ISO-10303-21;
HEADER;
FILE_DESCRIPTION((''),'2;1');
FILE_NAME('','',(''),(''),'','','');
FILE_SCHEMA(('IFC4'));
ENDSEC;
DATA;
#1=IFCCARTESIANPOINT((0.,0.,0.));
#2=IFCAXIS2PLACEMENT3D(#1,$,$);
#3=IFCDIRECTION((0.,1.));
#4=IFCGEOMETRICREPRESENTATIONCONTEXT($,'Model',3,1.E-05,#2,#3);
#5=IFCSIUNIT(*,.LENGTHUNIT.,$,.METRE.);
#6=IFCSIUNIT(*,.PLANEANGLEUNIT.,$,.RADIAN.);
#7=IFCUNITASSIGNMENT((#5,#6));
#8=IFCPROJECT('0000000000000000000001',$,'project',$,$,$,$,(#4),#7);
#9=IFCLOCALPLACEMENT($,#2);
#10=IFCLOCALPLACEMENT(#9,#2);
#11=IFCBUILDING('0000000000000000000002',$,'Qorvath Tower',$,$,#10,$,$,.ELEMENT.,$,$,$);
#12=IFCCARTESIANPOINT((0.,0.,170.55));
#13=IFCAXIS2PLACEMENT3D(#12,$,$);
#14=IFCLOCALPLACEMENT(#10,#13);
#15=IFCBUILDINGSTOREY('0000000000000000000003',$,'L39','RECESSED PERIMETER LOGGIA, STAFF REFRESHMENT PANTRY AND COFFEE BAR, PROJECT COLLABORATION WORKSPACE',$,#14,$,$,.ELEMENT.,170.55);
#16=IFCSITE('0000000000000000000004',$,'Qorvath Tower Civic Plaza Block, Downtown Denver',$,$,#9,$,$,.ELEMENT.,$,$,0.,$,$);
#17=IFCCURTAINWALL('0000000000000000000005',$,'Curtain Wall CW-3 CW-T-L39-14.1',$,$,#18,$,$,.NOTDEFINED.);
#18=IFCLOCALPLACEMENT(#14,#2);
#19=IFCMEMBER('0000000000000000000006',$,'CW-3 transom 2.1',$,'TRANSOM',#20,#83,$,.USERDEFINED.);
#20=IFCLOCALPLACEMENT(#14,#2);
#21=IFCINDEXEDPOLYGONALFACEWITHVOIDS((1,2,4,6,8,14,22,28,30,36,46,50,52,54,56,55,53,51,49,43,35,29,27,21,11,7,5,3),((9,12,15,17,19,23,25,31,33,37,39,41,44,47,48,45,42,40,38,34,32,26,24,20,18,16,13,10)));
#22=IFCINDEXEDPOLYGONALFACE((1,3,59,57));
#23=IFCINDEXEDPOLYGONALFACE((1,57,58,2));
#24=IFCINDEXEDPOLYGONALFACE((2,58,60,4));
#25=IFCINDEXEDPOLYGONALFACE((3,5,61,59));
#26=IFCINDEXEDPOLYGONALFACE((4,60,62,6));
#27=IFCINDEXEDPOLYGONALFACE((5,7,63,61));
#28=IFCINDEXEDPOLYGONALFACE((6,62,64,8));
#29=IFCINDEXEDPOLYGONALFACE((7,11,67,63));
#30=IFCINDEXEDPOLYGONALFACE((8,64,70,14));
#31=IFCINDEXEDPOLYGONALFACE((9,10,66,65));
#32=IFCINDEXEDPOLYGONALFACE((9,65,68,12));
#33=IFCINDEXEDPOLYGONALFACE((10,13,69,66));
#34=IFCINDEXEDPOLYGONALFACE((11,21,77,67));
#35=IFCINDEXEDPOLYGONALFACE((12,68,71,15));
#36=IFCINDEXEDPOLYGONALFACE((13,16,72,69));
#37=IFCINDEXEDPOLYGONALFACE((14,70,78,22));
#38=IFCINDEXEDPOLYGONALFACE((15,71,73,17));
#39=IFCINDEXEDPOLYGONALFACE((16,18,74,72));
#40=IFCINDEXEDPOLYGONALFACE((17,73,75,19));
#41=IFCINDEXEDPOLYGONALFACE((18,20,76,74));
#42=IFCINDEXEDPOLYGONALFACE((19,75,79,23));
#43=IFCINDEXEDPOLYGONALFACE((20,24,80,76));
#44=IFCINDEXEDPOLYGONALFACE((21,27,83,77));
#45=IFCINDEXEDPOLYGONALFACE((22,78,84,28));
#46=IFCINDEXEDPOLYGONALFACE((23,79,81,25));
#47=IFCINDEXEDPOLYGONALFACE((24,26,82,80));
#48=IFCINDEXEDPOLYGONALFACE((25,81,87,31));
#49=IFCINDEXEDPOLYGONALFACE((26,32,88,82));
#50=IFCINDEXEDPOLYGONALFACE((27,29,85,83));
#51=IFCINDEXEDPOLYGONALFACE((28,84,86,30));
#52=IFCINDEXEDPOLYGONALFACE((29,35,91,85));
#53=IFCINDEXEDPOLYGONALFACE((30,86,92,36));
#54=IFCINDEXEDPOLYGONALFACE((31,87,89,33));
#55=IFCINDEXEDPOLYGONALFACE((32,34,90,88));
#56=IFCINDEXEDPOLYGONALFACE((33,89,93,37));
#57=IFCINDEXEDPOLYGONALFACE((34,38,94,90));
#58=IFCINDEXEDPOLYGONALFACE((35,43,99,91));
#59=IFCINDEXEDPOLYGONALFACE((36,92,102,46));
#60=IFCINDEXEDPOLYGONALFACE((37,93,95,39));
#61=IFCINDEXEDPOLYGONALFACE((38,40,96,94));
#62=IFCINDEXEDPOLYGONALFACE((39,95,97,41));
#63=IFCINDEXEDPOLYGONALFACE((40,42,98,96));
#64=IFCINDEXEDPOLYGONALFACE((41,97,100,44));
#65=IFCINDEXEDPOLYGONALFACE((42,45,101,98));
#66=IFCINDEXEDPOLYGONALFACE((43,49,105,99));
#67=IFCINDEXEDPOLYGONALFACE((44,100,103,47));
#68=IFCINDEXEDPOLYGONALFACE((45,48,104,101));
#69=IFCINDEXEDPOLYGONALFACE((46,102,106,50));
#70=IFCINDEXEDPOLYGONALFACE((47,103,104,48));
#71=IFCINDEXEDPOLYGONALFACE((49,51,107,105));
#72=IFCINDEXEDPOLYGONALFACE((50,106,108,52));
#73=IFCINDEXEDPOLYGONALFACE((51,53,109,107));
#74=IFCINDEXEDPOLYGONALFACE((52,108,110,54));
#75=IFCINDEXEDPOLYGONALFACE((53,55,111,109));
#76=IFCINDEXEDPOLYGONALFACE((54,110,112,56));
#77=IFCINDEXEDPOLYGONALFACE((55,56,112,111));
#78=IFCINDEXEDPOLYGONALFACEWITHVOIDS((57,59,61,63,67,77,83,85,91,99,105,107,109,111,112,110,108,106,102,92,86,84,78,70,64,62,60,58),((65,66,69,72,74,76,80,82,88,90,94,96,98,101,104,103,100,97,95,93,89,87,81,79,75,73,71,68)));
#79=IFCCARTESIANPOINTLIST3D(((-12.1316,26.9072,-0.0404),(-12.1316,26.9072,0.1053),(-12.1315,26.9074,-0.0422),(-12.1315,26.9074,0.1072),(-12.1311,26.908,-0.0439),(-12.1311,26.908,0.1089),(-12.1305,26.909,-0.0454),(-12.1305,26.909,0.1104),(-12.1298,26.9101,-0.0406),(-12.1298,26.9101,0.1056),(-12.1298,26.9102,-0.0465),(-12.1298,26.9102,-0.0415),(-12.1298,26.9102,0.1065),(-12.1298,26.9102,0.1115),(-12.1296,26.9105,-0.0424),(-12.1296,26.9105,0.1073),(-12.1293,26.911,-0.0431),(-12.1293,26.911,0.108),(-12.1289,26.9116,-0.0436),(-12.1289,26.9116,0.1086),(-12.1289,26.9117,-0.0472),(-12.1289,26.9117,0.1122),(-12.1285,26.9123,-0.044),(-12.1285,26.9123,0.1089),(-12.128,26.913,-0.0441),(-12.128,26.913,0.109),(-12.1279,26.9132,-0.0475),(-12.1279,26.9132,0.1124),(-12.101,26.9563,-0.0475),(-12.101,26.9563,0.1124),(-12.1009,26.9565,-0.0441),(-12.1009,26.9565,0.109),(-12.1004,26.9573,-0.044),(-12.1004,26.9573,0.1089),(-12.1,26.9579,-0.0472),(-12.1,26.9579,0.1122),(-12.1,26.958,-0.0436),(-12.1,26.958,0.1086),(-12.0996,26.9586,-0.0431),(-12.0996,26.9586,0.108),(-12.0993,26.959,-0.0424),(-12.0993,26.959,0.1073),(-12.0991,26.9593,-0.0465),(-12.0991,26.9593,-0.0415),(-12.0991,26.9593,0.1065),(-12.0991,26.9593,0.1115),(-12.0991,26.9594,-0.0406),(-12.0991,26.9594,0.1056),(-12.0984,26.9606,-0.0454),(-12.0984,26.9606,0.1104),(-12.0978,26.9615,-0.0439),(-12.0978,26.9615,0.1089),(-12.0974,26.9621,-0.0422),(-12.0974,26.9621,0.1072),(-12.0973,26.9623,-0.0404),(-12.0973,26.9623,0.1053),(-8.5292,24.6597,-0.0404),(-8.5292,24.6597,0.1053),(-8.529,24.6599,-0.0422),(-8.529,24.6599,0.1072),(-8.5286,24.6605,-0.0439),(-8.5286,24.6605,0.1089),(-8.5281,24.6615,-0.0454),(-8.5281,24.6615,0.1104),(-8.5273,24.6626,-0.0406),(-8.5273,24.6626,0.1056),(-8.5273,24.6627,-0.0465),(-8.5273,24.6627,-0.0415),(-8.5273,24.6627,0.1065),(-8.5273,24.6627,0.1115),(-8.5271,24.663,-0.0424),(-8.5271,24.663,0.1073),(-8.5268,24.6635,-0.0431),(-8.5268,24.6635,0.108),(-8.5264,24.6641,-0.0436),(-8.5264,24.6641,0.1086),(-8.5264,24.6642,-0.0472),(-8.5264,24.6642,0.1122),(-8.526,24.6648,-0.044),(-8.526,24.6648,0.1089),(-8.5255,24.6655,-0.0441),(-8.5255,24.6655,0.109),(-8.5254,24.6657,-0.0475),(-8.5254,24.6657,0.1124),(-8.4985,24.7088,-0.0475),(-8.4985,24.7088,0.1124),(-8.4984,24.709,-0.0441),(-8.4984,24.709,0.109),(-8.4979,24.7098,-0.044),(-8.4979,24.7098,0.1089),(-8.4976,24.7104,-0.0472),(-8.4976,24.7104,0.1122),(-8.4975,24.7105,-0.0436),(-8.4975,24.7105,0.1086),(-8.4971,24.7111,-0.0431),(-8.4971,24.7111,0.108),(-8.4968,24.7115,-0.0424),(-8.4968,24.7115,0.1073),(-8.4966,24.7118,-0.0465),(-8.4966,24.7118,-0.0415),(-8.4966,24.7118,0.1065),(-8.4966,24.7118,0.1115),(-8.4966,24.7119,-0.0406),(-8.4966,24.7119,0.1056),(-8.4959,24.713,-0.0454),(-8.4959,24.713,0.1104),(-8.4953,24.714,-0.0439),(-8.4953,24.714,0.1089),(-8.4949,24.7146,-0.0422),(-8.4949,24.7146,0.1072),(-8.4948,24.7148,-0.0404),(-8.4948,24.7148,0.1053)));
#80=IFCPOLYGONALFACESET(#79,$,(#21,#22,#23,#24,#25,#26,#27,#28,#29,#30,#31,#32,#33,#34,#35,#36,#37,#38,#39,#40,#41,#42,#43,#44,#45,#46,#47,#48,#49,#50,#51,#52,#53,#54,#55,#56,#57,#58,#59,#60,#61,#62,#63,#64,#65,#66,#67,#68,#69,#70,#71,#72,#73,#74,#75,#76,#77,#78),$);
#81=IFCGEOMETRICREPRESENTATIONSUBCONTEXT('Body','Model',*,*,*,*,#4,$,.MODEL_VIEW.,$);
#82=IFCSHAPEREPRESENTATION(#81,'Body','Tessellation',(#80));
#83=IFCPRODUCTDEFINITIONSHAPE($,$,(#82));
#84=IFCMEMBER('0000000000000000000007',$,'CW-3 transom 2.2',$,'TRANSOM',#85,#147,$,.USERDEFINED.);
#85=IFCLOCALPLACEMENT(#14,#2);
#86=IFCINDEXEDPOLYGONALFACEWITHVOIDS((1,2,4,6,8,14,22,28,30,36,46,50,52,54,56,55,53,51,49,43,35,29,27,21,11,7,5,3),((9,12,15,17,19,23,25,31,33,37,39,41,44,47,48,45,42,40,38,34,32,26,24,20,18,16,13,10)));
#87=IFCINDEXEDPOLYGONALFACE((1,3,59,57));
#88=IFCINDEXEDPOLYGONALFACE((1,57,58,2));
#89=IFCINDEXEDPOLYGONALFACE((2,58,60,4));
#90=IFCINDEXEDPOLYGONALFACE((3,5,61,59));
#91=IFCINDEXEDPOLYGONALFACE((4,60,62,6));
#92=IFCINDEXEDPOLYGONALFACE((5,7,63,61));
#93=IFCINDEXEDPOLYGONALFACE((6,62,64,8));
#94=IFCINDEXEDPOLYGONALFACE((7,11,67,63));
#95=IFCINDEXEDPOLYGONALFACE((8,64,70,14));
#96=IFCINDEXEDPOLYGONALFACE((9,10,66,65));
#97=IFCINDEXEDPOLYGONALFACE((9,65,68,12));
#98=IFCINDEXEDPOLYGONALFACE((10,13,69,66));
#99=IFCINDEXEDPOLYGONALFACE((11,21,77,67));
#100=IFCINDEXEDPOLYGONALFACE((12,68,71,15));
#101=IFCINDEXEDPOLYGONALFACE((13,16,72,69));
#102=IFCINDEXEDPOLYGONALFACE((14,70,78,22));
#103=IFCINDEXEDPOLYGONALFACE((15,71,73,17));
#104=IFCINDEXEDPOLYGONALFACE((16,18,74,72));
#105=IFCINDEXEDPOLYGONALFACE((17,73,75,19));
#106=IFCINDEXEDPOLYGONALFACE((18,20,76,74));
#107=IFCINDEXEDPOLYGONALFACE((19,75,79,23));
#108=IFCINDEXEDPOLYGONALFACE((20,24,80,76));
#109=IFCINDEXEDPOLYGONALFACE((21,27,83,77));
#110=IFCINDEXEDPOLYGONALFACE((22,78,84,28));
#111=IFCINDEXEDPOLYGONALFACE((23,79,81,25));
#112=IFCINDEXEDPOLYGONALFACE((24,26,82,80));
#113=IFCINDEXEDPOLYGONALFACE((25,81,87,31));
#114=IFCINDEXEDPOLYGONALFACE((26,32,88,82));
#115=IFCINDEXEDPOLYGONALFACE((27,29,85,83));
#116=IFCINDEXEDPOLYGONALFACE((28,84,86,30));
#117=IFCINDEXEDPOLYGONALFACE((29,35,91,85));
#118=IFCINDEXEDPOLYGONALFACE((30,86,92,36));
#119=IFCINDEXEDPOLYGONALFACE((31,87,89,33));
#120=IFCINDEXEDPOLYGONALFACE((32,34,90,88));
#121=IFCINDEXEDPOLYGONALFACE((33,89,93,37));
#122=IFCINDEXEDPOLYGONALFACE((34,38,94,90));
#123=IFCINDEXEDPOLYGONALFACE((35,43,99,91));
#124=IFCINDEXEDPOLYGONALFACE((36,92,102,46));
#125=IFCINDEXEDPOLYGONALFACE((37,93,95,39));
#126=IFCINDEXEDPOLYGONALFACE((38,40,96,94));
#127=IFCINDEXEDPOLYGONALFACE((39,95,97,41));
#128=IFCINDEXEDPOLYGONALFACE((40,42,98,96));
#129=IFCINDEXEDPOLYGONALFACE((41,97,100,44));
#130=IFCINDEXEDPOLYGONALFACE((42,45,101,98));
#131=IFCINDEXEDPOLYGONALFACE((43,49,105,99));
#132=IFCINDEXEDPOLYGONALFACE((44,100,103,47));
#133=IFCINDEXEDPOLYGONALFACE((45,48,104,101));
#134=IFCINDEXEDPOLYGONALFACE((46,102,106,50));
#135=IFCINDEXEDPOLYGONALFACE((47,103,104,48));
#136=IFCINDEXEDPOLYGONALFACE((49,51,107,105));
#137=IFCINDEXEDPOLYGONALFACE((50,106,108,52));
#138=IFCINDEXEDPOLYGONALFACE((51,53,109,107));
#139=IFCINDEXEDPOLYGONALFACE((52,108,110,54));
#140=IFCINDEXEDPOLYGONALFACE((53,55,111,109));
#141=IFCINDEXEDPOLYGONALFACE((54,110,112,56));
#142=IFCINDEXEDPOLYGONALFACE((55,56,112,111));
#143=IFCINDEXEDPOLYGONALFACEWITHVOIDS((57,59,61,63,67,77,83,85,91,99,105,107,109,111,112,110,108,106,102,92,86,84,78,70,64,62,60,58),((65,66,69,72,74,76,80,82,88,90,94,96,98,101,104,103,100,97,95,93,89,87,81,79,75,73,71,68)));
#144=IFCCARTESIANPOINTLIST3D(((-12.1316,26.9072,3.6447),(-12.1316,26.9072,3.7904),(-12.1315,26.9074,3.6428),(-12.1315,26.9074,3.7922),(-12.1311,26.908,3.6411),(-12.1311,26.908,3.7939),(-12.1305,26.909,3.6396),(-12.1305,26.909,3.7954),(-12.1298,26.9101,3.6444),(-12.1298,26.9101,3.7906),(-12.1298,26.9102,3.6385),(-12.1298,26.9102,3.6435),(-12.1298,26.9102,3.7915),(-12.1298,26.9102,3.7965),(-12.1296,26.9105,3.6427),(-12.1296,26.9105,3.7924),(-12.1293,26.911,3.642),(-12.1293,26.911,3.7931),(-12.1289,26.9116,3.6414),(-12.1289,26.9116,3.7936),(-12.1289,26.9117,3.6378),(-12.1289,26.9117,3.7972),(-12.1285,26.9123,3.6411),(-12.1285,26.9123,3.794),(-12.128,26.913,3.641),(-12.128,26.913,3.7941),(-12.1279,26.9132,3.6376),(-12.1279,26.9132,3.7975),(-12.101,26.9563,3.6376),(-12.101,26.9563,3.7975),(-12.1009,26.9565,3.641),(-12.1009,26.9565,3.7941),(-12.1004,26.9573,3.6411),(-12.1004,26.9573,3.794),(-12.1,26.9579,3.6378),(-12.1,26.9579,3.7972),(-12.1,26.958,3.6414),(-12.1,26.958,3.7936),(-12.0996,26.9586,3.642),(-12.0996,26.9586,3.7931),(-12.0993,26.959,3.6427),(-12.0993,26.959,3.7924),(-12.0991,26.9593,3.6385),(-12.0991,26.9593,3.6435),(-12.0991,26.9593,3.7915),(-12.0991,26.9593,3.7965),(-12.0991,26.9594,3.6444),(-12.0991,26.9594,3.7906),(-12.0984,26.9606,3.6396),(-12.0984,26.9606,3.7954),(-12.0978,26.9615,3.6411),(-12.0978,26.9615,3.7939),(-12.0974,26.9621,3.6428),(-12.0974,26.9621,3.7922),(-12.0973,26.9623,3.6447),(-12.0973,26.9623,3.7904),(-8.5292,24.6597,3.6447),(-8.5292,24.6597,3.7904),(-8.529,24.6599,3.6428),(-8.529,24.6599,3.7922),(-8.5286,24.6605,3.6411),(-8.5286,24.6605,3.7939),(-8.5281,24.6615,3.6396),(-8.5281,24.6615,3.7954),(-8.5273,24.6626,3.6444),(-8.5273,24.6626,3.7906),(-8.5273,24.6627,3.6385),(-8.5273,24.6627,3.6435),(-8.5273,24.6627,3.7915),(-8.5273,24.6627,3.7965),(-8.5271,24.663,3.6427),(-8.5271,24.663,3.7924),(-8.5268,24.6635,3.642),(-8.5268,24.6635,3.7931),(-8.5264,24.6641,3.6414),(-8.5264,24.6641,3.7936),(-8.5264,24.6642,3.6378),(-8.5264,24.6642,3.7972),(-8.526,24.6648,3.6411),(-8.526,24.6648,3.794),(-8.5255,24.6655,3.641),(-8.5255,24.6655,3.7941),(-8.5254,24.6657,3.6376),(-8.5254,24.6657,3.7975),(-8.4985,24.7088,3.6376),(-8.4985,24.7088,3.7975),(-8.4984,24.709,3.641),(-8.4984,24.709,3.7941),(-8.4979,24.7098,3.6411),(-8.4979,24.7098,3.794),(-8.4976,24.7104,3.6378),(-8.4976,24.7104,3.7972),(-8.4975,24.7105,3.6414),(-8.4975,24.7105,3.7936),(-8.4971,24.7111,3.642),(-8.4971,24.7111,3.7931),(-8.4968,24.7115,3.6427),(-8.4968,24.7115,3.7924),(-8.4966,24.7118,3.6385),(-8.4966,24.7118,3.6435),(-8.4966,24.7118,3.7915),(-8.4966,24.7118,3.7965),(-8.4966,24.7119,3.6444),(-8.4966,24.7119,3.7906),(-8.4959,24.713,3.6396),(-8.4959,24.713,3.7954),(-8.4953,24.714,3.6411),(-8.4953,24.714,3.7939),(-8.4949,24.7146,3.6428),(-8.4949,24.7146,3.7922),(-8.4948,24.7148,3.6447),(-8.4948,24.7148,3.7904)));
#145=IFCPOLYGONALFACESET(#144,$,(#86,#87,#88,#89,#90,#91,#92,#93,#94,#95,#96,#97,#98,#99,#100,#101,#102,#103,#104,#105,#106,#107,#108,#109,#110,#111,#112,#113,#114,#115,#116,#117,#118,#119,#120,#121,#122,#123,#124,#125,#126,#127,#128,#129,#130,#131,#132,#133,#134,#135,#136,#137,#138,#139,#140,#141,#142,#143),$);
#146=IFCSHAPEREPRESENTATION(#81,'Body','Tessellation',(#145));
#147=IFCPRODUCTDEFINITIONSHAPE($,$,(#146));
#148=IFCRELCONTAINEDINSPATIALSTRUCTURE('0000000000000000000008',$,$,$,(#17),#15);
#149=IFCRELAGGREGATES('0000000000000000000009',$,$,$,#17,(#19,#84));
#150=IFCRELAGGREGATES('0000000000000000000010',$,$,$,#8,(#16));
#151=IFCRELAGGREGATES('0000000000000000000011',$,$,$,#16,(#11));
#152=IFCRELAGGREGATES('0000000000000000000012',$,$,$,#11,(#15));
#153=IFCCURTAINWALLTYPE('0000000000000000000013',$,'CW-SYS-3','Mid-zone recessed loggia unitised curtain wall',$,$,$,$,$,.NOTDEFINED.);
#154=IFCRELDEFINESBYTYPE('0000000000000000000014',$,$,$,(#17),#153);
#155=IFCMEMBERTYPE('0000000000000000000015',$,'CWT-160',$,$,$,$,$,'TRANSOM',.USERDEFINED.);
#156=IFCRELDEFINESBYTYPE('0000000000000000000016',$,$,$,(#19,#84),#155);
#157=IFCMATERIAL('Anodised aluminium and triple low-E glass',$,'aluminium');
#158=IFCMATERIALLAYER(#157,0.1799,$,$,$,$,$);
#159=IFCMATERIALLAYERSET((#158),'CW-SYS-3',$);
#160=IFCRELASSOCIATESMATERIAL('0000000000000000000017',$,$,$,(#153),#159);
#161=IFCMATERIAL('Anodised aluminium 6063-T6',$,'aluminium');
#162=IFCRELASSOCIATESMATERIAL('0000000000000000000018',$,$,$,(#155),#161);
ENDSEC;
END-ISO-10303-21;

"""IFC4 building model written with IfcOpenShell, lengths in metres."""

from ifc_helpers import new_model, si_unit, direction, frame, origin, origin_2d, place, context, subcontext, project, spatial, hollow_rectangle, extrude, material, layer, layer_set, material_profile, profile_set, type_object, element, aggregate, save


model = new_model("IFC4")

# Units and contexts
model_context = context("Model", 3, precision=1e-05, world=origin(), true_north=direction((0.0, 1.0)))
body_context = subcontext(model_context, "Body", "Model", "MODEL_VIEW")
ifc_project = project(units=[si_unit("LENGTHUNIT", "METRE"), si_unit("PLANEANGLEUNIT", "RADIAN")], contexts=[model_context])

# Site, building, storey
site_placement = place(None, origin())
site = spatial("IfcSite", under=ifc_project, at=site_placement, Name="Qorvath Tower Civic Plaza Block, Downtown Denver", CompositionType="ELEMENT", RefElevation=0.0)
building_placement = place(site_placement, origin())
building = spatial("IfcBuilding", under=site, at=building_placement, Name="Qorvath Tower", CompositionType="ELEMENT")
storey_placement = place(building_placement, frame((0.0, 0.0, 170.55)))
storey = spatial("IfcBuildingStorey", under=building, at=storey_placement, Name="L39", Description="RECESSED PERIMETER LOGGIA, STAFF REFRESHMENT PANTRY AND COFFEE BAR, PROJECT COLLABORATION WORKSPACE", CompositionType="ELEMENT", Elevation=170.55)

# Shared definitions
ifc_material_1 = material(Name="Anodised aluminium and triple low-E glass", Category="aluminium")
ifc_layer_1 = layer(ifc_material_1, 0.1799)
ifc_layer_set_1 = layer_set([ifc_layer_1], Name="CW-SYS-3")
curtain_wall_type = type_object("IfcCurtainWallType", Name="CW-SYS-3", Description="Mid-zone recessed loggia unitised curtain wall", PredefinedType="NOTDEFINED", material=ifc_layer_set_1)

# Curtain wall
curtain_wall_1_placement = place(storey_placement, origin())
curtain_wall_1 = element("IfcCurtainWall", 1, at=curtain_wall_1_placement, inside=storey, type_object=curtain_wall_type, Name="Curtain Wall CW-3 CW-T-L39-14.1", PredefinedType="NOTDEFINED")

# Members
ifc_material_2 = material(Name="Anodised aluminium 6063-T6", Category="aluminium")
ifc_material_profile_1 = material_profile(ifc_material_2, hollow_rectangle(XDim=0.0649, YDim=0.1599, WallThickness=0.0034, InnerFilletRadius=0.0034, OuterFilletRadius=0.0071, at=origin_2d()), Name="CWT 160x65")
ifc_profile_set_1 = profile_set([ifc_material_profile_1], Name="Anodised aluminium 6063-T6")
member_type_1 = type_object("IfcMemberType", Name="CWT-160", ElementType="TRANSOM", PredefinedType="USERDEFINED", material=ifc_profile_set_1)
member_1_placement = place(storey_placement, frame((-8.512, 24.6873, 0.0325), z_axis=(-0.848424, 0.529317, 0.0), x_axis=(-0.529317, -0.848424, 0.0)))
member_1 = element("IfcMember", 2, at=member_1_placement, type_object=member_type_1, Name="CW-3 transom 2.1", ObjectType="TRANSOM", PredefinedType="USERDEFINED", context=body_context, shape_type="SweptSolid", body=[
    extrude(hollow_rectangle(XDim=0.0649, YDim=0.1599, WallThickness=0.0034, InnerFilletRadius=0.0034, OuterFilletRadius=0.0071, at=origin_2d()), origin(), (0.0, 0.0, 1.0), 4.2461),
])
member_2_placement = place(storey_placement, frame((-8.512, 24.6873, 3.7175), z_axis=(-0.848424, 0.529317, 0.0), x_axis=(-0.529317, -0.848424, 0.0)))
member_2 = element("IfcMember", 3, at=member_2_placement, type_object=member_type_1, Name="CW-3 transom 2.2", ObjectType="TRANSOM", PredefinedType="USERDEFINED", context=body_context, shape_type="SweptSolid", body=[
    extrude(hollow_rectangle(XDim=0.0649, YDim=0.1599, WallThickness=0.0034, InnerFilletRadius=0.0034, OuterFilletRadius=0.0071, at=origin_2d()), origin(), (0.0, 0.0, 1.0), 4.2461),
])

aggregate(curtain_wall_1, [member_1, member_2])

save(model, "model.ifc")
